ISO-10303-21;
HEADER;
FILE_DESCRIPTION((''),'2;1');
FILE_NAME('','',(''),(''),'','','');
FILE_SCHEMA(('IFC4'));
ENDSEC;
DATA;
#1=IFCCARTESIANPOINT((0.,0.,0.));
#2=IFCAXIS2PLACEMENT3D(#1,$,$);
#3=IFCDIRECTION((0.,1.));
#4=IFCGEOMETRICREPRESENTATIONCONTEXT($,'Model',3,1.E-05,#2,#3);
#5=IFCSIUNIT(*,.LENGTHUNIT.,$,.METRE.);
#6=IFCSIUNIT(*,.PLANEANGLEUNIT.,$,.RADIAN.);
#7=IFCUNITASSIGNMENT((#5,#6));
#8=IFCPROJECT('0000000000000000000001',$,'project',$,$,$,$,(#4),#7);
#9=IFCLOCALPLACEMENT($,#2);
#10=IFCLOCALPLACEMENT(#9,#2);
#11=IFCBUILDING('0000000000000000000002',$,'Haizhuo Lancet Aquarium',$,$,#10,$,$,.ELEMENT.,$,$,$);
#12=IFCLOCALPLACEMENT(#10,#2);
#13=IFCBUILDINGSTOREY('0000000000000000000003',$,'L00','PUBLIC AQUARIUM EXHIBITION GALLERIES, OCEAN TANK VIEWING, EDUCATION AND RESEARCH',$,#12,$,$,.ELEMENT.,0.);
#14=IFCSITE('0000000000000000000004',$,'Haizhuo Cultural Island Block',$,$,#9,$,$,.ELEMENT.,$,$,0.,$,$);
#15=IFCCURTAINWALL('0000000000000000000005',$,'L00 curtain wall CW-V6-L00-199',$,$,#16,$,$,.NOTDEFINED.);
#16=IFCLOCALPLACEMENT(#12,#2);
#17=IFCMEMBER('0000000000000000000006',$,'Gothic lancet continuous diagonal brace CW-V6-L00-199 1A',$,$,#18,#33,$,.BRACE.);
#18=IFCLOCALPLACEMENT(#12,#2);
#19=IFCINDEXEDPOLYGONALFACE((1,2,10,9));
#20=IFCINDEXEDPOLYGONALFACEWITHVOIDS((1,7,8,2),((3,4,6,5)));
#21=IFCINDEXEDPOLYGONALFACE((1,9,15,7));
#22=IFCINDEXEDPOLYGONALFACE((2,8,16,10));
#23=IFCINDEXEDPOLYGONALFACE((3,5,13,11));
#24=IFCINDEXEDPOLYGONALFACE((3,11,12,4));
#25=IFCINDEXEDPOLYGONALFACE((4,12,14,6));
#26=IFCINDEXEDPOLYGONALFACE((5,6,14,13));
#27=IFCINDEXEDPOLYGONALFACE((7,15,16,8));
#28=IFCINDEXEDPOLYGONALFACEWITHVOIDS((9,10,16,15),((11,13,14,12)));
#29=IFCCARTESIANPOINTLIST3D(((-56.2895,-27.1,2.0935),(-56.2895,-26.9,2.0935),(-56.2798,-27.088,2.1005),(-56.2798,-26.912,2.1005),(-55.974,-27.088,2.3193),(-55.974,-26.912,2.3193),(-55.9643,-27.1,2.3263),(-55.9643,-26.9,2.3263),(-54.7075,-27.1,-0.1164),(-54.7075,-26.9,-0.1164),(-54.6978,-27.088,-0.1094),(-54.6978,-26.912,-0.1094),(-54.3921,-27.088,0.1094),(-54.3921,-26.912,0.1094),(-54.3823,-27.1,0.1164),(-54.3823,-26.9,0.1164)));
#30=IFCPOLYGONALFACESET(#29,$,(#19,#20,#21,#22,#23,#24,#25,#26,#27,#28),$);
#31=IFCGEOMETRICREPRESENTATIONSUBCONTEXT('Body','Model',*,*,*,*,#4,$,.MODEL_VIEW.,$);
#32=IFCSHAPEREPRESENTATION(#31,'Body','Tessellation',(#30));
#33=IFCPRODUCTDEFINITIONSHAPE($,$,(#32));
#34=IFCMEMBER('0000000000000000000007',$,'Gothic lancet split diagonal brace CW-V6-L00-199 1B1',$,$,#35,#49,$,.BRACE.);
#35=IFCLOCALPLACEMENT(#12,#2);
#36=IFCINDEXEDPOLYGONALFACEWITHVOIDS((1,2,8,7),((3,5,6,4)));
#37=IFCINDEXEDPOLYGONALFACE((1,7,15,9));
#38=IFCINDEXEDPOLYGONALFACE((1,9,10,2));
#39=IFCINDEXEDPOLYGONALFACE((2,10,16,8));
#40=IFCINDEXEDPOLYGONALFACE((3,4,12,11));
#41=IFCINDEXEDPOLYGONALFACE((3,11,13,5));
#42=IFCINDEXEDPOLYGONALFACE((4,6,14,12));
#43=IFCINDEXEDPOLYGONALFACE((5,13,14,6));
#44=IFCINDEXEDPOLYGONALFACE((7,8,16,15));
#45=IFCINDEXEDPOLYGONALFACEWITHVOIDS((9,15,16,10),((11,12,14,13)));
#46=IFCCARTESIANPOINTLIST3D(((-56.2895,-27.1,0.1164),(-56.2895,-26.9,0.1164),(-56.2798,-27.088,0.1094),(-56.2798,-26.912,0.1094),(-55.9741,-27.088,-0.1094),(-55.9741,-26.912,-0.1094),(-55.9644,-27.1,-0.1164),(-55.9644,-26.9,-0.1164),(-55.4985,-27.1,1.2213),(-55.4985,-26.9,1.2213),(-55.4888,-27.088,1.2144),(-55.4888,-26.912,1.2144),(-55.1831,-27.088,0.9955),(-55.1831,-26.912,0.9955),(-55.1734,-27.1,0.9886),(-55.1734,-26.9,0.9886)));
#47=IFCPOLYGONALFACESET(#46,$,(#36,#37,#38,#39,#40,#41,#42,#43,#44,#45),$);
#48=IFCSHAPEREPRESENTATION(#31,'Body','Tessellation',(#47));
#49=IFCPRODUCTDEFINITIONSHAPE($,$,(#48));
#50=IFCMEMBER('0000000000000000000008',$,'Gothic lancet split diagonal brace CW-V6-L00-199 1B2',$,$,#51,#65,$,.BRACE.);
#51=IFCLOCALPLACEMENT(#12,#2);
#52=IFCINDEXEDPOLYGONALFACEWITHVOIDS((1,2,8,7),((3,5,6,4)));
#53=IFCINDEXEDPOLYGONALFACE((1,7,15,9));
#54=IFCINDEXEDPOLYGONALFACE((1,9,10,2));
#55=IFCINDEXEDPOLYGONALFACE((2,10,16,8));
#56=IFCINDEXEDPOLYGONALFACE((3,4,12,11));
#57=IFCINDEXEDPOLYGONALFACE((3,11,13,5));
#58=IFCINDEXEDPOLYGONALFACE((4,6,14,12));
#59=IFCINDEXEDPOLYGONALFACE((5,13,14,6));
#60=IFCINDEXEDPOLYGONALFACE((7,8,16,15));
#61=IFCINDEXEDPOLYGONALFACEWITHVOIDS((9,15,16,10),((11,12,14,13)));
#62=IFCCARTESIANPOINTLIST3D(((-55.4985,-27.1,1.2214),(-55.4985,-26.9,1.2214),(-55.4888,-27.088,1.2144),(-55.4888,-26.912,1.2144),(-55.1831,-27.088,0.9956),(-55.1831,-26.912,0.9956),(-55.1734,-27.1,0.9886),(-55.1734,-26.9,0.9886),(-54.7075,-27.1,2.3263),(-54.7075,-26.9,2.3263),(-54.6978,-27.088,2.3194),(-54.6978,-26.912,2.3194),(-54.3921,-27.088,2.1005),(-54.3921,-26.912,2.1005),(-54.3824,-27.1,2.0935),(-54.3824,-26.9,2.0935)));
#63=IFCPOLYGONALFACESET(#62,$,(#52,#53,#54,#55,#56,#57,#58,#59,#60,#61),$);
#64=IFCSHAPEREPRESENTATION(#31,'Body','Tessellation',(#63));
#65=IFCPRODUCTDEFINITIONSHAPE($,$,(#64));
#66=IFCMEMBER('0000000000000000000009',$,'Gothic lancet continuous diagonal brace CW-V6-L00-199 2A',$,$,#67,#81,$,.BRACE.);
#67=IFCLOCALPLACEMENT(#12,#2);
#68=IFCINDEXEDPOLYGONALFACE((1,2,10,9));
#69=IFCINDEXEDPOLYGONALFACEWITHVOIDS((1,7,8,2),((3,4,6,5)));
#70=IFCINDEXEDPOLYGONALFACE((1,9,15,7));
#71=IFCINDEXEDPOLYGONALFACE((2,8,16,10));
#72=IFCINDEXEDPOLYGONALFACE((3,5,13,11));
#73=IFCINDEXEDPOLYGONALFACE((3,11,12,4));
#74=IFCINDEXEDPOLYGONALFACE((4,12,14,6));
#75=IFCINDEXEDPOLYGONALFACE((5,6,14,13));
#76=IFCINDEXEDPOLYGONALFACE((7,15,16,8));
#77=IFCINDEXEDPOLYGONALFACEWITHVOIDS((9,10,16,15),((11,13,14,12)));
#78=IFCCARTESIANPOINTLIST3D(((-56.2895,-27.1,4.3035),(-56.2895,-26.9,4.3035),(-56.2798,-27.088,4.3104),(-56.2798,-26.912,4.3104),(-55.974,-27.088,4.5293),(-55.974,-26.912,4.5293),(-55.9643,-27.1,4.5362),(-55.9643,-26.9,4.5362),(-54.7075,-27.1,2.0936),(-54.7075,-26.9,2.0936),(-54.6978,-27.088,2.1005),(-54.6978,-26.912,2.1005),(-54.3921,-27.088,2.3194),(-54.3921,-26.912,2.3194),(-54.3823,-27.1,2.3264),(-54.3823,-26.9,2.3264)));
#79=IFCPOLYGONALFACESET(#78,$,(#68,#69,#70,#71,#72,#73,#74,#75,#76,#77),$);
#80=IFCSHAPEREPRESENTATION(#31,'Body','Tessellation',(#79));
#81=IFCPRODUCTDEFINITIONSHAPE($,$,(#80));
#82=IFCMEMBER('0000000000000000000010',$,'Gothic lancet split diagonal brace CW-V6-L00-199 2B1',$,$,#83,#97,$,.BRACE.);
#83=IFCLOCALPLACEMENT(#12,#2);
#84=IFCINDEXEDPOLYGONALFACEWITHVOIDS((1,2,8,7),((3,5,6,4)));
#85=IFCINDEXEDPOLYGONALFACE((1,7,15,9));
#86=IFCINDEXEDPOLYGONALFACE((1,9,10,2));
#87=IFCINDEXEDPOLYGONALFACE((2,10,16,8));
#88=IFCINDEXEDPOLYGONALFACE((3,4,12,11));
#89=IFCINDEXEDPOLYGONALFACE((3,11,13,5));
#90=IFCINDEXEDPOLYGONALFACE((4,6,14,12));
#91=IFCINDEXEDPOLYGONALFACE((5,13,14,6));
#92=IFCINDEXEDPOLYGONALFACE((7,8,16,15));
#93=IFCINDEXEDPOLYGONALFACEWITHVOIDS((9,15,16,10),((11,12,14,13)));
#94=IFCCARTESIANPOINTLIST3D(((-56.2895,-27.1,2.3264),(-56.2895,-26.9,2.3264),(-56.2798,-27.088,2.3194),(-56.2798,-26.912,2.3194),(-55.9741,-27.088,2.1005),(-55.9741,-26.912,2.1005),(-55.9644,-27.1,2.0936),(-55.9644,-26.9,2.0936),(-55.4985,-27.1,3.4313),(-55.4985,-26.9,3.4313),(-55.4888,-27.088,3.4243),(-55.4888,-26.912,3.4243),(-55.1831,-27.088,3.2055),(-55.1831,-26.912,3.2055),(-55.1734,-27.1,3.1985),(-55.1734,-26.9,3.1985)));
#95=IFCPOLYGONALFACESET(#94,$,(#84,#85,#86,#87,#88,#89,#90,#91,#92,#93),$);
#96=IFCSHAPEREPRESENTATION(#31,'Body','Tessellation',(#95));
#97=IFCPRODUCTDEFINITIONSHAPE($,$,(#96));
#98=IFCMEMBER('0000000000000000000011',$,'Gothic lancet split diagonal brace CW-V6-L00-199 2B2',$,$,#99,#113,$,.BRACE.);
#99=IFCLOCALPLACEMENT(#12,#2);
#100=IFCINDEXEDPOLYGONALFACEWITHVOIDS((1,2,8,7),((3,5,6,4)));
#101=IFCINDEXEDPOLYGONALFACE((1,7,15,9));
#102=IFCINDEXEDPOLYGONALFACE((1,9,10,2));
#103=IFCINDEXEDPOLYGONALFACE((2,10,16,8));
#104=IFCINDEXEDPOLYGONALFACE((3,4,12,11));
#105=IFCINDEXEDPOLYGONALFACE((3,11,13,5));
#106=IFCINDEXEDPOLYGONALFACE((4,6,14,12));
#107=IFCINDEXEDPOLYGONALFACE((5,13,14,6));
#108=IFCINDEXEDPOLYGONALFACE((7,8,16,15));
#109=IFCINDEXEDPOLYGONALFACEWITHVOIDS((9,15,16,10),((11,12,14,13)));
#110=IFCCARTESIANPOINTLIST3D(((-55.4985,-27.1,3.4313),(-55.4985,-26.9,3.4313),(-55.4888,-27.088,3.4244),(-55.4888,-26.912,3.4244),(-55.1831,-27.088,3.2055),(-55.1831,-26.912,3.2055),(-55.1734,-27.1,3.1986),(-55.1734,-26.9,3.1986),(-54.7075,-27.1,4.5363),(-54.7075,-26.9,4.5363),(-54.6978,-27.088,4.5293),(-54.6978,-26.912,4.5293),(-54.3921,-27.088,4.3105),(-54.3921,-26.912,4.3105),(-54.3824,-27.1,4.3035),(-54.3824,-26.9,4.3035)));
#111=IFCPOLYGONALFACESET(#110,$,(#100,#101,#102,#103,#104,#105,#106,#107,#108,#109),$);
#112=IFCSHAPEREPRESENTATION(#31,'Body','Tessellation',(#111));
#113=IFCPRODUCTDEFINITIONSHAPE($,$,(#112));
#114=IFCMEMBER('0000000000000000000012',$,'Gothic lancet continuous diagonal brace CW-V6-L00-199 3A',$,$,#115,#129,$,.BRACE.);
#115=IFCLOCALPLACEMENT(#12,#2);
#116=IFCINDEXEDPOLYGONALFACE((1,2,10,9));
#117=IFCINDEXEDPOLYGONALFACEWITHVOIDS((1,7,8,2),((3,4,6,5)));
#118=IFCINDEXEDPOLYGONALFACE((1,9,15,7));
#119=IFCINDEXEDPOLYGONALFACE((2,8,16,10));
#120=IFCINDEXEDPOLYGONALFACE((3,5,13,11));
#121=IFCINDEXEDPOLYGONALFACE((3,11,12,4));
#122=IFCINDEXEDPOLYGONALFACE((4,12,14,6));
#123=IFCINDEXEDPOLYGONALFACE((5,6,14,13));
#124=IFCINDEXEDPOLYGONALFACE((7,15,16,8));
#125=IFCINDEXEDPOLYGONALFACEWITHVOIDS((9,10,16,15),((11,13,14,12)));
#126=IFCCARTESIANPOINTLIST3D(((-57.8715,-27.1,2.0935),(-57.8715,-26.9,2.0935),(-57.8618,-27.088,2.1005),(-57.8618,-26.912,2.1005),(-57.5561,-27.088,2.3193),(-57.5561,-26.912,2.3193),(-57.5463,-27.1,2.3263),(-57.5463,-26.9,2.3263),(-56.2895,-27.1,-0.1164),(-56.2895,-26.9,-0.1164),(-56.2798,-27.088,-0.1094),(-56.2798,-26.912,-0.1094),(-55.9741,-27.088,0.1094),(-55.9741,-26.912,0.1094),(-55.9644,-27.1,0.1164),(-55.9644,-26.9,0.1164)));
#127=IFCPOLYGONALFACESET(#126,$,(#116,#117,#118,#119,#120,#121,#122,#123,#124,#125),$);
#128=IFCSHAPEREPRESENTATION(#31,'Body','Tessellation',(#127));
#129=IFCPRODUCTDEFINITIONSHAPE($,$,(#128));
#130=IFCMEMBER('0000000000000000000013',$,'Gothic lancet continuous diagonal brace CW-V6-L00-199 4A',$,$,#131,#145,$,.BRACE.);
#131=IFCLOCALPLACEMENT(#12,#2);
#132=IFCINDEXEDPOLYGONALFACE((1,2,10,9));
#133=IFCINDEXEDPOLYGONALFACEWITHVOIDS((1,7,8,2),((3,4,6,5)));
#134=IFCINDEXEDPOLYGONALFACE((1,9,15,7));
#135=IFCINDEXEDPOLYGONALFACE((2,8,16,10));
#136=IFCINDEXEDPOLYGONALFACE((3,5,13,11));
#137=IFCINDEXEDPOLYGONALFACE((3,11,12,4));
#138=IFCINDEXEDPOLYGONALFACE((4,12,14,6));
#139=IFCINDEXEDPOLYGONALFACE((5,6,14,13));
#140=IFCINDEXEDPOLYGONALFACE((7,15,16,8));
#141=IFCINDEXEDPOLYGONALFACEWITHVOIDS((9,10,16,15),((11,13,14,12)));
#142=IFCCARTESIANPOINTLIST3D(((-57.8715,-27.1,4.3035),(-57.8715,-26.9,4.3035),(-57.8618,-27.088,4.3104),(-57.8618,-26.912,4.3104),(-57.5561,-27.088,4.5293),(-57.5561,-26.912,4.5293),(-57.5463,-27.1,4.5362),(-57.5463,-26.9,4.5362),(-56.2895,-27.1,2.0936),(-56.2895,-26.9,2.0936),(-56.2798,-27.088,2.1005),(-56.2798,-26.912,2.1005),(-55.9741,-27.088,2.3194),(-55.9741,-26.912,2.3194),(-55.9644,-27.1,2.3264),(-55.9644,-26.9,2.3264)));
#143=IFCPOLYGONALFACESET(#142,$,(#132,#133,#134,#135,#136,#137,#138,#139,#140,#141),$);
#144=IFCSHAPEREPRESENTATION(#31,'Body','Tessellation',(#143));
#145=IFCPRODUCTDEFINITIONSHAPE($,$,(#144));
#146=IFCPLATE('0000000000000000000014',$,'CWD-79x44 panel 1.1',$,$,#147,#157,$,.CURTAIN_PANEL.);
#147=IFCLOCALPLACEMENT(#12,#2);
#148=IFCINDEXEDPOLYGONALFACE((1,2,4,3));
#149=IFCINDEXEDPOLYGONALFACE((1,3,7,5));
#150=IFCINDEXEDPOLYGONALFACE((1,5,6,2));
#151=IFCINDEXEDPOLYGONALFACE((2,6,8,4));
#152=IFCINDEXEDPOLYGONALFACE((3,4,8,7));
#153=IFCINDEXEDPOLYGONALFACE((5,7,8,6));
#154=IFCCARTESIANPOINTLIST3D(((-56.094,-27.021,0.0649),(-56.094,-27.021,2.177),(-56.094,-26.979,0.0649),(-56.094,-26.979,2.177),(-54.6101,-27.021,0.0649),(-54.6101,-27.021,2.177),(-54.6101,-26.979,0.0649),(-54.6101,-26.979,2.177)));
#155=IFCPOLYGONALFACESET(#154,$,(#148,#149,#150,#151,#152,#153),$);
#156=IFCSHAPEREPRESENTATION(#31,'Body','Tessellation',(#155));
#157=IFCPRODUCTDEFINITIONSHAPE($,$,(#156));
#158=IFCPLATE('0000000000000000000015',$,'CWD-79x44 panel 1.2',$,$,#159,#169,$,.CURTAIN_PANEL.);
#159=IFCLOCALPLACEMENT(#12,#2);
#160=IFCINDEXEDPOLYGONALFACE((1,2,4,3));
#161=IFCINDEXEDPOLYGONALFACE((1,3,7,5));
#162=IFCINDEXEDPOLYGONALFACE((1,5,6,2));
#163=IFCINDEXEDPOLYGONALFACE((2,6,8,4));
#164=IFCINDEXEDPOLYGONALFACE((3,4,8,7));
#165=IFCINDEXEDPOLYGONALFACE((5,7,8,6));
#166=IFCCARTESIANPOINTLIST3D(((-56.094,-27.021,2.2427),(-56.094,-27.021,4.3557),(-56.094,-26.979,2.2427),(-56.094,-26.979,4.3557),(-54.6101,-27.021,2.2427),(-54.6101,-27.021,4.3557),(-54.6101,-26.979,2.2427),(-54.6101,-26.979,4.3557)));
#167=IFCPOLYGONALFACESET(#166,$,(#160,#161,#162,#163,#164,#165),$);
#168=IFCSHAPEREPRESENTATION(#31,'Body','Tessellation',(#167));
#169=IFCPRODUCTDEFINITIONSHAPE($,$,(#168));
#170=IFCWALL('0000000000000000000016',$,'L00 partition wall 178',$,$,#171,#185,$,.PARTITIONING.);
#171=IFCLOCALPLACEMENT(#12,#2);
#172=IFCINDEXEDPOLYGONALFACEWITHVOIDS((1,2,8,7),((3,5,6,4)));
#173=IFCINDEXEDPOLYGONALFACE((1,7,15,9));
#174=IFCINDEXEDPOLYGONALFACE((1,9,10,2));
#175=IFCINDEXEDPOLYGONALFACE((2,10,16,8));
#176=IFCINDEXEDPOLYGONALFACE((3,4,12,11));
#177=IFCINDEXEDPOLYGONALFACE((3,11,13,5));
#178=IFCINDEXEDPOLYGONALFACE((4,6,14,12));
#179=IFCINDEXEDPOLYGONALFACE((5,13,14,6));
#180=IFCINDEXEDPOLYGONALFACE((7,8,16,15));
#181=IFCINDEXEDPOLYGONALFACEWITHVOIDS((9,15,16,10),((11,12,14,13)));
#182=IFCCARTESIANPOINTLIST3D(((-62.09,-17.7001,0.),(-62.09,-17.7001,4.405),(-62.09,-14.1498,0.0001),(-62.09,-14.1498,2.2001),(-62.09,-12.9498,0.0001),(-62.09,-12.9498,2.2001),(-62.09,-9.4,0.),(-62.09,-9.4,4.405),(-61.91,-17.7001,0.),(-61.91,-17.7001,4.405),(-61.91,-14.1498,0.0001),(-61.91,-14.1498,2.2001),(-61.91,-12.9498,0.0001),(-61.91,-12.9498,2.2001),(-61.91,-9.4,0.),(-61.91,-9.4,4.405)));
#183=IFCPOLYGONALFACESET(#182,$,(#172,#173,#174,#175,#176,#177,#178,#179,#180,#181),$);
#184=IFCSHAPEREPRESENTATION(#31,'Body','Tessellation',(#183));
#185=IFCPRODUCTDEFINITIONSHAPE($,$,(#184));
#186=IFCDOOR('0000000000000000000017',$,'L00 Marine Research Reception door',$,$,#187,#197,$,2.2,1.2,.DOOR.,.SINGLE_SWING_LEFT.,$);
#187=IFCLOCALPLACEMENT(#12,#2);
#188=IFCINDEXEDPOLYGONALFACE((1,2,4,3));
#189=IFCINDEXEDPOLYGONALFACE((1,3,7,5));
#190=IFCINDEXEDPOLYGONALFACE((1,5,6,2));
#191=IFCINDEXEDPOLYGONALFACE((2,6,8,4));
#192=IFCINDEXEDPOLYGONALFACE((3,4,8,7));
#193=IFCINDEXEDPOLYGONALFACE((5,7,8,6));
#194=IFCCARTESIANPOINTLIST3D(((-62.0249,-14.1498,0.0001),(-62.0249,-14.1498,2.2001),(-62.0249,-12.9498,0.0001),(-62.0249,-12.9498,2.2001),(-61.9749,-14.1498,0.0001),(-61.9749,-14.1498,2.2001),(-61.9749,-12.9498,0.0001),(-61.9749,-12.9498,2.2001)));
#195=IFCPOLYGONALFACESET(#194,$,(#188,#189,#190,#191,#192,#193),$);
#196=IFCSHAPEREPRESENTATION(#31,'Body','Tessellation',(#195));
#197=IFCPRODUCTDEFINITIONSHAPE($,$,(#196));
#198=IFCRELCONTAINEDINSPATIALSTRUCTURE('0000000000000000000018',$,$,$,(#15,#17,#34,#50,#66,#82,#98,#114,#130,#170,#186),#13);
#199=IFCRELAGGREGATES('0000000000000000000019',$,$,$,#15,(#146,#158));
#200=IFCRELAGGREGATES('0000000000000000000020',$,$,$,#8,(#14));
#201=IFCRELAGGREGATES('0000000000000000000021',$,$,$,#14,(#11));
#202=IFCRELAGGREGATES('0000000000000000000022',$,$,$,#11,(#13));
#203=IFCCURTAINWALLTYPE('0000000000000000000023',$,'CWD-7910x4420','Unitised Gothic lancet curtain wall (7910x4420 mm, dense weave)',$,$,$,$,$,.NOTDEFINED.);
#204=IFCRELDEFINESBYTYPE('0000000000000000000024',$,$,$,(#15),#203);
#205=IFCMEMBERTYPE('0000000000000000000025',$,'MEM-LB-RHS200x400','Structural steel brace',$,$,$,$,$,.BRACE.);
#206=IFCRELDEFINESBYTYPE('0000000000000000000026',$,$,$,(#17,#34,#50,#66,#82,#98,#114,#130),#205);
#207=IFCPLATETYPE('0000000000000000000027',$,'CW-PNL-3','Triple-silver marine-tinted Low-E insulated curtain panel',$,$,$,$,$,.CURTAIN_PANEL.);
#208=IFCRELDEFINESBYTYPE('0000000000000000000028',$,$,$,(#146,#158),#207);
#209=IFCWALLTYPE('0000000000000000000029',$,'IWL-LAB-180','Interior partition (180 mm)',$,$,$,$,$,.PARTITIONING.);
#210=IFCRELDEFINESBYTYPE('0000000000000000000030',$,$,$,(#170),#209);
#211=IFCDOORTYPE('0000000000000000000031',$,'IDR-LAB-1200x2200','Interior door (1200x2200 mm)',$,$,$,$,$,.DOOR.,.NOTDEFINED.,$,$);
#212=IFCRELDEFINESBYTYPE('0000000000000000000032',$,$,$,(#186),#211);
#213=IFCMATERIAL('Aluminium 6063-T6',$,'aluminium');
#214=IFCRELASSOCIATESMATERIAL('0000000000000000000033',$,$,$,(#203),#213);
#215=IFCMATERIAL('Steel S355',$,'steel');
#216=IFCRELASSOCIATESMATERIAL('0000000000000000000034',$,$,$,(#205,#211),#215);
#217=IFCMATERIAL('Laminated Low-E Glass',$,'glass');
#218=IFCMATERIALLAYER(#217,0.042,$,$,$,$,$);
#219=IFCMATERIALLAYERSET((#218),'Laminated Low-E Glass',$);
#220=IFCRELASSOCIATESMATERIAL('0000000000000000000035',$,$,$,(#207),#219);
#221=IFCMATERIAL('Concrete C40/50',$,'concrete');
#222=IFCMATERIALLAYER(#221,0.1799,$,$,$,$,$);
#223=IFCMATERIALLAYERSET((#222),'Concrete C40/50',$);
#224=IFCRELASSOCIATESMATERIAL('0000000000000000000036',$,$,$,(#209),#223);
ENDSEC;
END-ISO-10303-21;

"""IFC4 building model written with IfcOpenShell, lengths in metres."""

from ifc_helpers import new_model, si_unit, direction, frame, frame_2d, origin, origin_2d, place, context, subcontext, project, spatial, rectangle, hollow_rectangle, extrude, material, layer, layer_set, material_profile, profile_set, type_object, element, fill, aggregate, save


model = new_model("IFC4")

# Units and contexts
model_context = context("Model", 3, precision=1e-05, world=origin(), true_north=direction((0.0, 1.0)))
body_context = subcontext(model_context, "Body", "Model", "MODEL_VIEW")
ifc_project = project(units=[si_unit("LENGTHUNIT", "METRE"), si_unit("PLANEANGLEUNIT", "RADIAN")], contexts=[model_context])

# Site, building, storey
site_placement = place(None, origin())
site = spatial("IfcSite", under=ifc_project, at=site_placement, Name="Haizhuo Cultural Island Block", CompositionType="ELEMENT", RefElevation=0.0)
building_placement = place(site_placement, origin())
building = spatial("IfcBuilding", under=site, at=building_placement, Name="Haizhuo Lancet Aquarium", CompositionType="ELEMENT")
storey_placement = place(building_placement, origin())
storey = spatial("IfcBuildingStorey", under=building, at=storey_placement, Name="L00", Description="PUBLIC AQUARIUM EXHIBITION GALLERIES, OCEAN TANK VIEWING, EDUCATION AND RESEARCH", CompositionType="ELEMENT", Elevation=0.0)

# Shared definitions
ifc_material_1 = material(Name="Steel S355", Category="steel")

# Curtain wall
ifc_material_2 = material(Name="Aluminium 6063-T6", Category="aluminium")
curtain_wall_type = type_object("IfcCurtainWallType", Name="CWD-7910x4420", Description="Unitised Gothic lancet curtain wall (7910x4420 mm, dense weave)", PredefinedType="NOTDEFINED", material=ifc_material_2)
curtain_wall_placement = place(storey_placement, origin())
curtain_wall = element("IfcCurtainWall", 1, at=curtain_wall_placement, inside=storey, type_object=curtain_wall_type, Name="L00 curtain wall CW-V6-L00-199", PredefinedType="NOTDEFINED")

# Members
ifc_material_profile_1 = material_profile(ifc_material_1, hollow_rectangle(XDim=0.2, YDim=0.3999, WallThickness=0.012, at=origin_2d()), Name="RHS 200x400x12")
ifc_profile_set_1 = profile_set([ifc_material_profile_1], Name="Steel S355")
member_type_1 = type_object("IfcMemberType", Name="MEM-LB-RHS200x400", Description="Structural steel brace", PredefinedType="BRACE", material=ifc_profile_set_1)
member_1_placement = place(storey_placement, frame((-54.5449, -27.0, 0.0), z_axis=(-0.582088, 0.0, 0.813126), x_axis=(0.0, -1.0, 0.0)))
element("IfcMember", 2, at=member_1_placement, inside=storey, type_object=member_type_1, Name="Gothic lancet continuous diagonal brace CW-V6-L00-199 1A", PredefinedType="BRACE", context=body_context, shape_type="SweptSolid", body=[
    extrude(hollow_rectangle(XDim=0.2, YDim=0.3999, WallThickness=0.012, at=origin_2d()), origin(), (0.0, 0.0, 1.0), 2.7178),
])
for number, where, z_axis, x_axis, name in (
    (3, (-56.127, -27.0, 0.0), (0.582088, 0.0, 0.813126), (0.0, 1.0, 0.0), "Gothic lancet split diagonal brace CW-V6-L00-199 1B1"),
    (4, (-55.3359, -27.0, 1.105), (0.582088, 0.0, 0.813126), (0.0, 1.0, 0.0), "Gothic lancet split diagonal brace CW-V6-L00-199 1B2"),
):
    element("IfcMember", number, at=place(storey_placement, frame(where, z_axis=z_axis, x_axis=x_axis)), inside=storey, type_object=member_type_1, Name=name, PredefinedType="BRACE", context=body_context, shape_type="SweptSolid", body=[
        extrude(hollow_rectangle(XDim=0.2, YDim=0.3999, WallThickness=0.012, at=origin_2d()), origin(), (0.0, 0.0, 1.0), 1.3589),
    ])
member_2_placement = place(storey_placement, frame((-54.5449, -27.0, 2.21), z_axis=(-0.582088, 0.0, 0.813126), x_axis=(0.0, -1.0, 0.0)))
element("IfcMember", 5, at=member_2_placement, inside=storey, type_object=member_type_1, Name="Gothic lancet continuous diagonal brace CW-V6-L00-199 2A", PredefinedType="BRACE", context=body_context, shape_type="SweptSolid", body=[
    extrude(hollow_rectangle(XDim=0.2, YDim=0.3999, WallThickness=0.012, at=origin_2d()), origin(), (0.0, 0.0, 1.0), 2.7178),
])
for number, where, z_axis, x_axis, name in (
    (6, (-56.127, -27.0, 2.21), (0.582088, 0.0, 0.813126), (0.0, 1.0, 0.0), "Gothic lancet split diagonal brace CW-V6-L00-199 2B1"),
    (7, (-55.3359, -27.0, 3.3149), (0.582088, 0.0, 0.813126), (0.0, 1.0, 0.0), "Gothic lancet split diagonal brace CW-V6-L00-199 2B2"),
):
    element("IfcMember", number, at=place(storey_placement, frame(where, z_axis=z_axis, x_axis=x_axis)), inside=storey, type_object=member_type_1, Name=name, PredefinedType="BRACE", context=body_context, shape_type="SweptSolid", body=[
        extrude(hollow_rectangle(XDim=0.2, YDim=0.3999, WallThickness=0.012, at=origin_2d()), origin(), (0.0, 0.0, 1.0), 1.3589),
    ])
for number, where, z_axis, x_axis, name in (
    (8, (-56.127, -27.0, 0.0), (-0.582088, 0.0, 0.813126), (0.0, -1.0, 0.0), "Gothic lancet continuous diagonal brace CW-V6-L00-199 3A"),
    (9, (-56.127, -27.0, 2.21), (-0.582088, 0.0, 0.813126), (0.0, -1.0, 0.0), "Gothic lancet continuous diagonal brace CW-V6-L00-199 4A"),
):
    element("IfcMember", number, at=place(storey_placement, frame(where, z_axis=z_axis, x_axis=x_axis)), inside=storey, type_object=member_type_1, Name=name, PredefinedType="BRACE", context=body_context, shape_type="SweptSolid", body=[
        extrude(hollow_rectangle(XDim=0.2, YDim=0.3999, WallThickness=0.012, at=origin_2d()), origin(), (0.0, 0.0, 1.0), 2.7178),
    ])

# Plates
ifc_material_3 = material(Name="Laminated Low-E Glass", Category="glass")
ifc_layer_1 = layer(ifc_material_3, 0.042)
ifc_layer_set_1 = layer_set([ifc_layer_1], Name="Laminated Low-E Glass")
plate_type = type_object("IfcPlateType", Name="CW-PNL-3", Description="Triple-silver marine-tinted Low-E insulated curtain panel", PredefinedType="CURTAIN_PANEL", material=ifc_layer_set_1)
plate_1_placement = place(storey_placement, frame((-55.3521, -27.0, 0.0649), z_axis=(0.0, 0.0, 1.0), x_axis=(-1.0, 0.0, 0.0)))
plate_1 = element("IfcPlate", 10, at=plate_1_placement, type_object=plate_type, Name="CWD-79x44 panel 1.1", PredefinedType="CURTAIN_PANEL", context=body_context, shape_type="SweptSolid", body=[
    extrude(rectangle(XDim=1.4839, YDim=0.042, at=origin_2d()), origin(), (0.0, 0.0, 1.0), 2.1121),
])
plate_2_placement = place(storey_placement, frame((-55.3521, -27.0, 2.2427), z_axis=(0.0, 0.0, 1.0), x_axis=(-1.0, 0.0, 0.0)))
plate_2 = element("IfcPlate", 11, at=plate_2_placement, type_object=plate_type, Name="CWD-79x44 panel 1.2", PredefinedType="CURTAIN_PANEL", context=body_context, shape_type="SweptSolid", body=[
    extrude(rectangle(XDim=1.4839, YDim=0.042, at=origin_2d()), origin(), (0.0, 0.0, 1.0), 2.113),
])
aggregate(curtain_wall, [plate_1, plate_2])

# Wall, opening, door
ifc_material_4 = material(Name="Concrete C40/50", Category="concrete")
ifc_layer_2 = layer(ifc_material_4, 0.1799)
ifc_layer_set_2 = layer_set([ifc_layer_2], Name="Concrete C40/50")
wall_type_1 = type_object("IfcWallType", Name="IWL-LAB-180", Description="Interior partition (180 mm)", PredefinedType="PARTITIONING", material=ifc_layer_set_2)
wall_1_placement = place(storey_placement, frame((-62.0, -17.7, 0.0), z_axis=(0.0, 0.0, 1.0), x_axis=(0.0, 1.0, 0.0)))
wall_1 = element("IfcWall", 12, at=wall_1_placement, inside=storey, type_object=wall_type_1, Name="L00 partition wall 178", PredefinedType="PARTITIONING", context=body_context, shape_type="SweptSolid", body=[
    extrude(rectangle(XDim=8.3, YDim=0.1799, at=frame_2d((4.1499, 0.0))), origin(), (0.0, 0.0, 1.0), 4.405),
])
opening_placement = place(wall_1_placement, frame((3.55, 0.0, 0.0)))
opening = element("IfcOpeningElement", 13, at=opening_placement, cuts=wall_1, PredefinedType="OPENING", context=body_context, shape_type="SweptSolid", body=[
    extrude(rectangle(XDim=1.2, YDim=2.2, at=frame_2d((0.6001, 1.1001))), frame((0.0, 0.0999, 0.0), z_axis=(0.0, -1.0, 0.0), x_axis=(1.0, 0.0, 0.0)), (0.0, 0.0, 1.0), 0.1999),
])
door_type = type_object("IfcDoorType", Name="IDR-LAB-1200x2200", Description="Interior door (1200x2200 mm)", OperationType="NOTDEFINED", PredefinedType="DOOR", material=ifc_material_1)
door_placement = place(opening_placement, origin())
door = element("IfcDoor", 14, at=door_placement, inside=storey, type_object=door_type, Name="L00 Marine Research Reception door", OperationType="SINGLE_SWING_LEFT", OverallHeight=2.2, OverallWidth=1.2, PredefinedType="DOOR", context=body_context, shape_type="SweptSolid", body=[
    extrude(rectangle(XDim=1.2, YDim=2.2, at=frame_2d((0.6001, 1.1001))), frame((0.0, 0.0249, 0.0), z_axis=(0.0, -1.0, 0.0), x_axis=(1.0, 0.0, 0.0)), (0.0, 0.0, 1.0), 0.05),
])
fill(opening, door)

save(model, "model.ifc")
